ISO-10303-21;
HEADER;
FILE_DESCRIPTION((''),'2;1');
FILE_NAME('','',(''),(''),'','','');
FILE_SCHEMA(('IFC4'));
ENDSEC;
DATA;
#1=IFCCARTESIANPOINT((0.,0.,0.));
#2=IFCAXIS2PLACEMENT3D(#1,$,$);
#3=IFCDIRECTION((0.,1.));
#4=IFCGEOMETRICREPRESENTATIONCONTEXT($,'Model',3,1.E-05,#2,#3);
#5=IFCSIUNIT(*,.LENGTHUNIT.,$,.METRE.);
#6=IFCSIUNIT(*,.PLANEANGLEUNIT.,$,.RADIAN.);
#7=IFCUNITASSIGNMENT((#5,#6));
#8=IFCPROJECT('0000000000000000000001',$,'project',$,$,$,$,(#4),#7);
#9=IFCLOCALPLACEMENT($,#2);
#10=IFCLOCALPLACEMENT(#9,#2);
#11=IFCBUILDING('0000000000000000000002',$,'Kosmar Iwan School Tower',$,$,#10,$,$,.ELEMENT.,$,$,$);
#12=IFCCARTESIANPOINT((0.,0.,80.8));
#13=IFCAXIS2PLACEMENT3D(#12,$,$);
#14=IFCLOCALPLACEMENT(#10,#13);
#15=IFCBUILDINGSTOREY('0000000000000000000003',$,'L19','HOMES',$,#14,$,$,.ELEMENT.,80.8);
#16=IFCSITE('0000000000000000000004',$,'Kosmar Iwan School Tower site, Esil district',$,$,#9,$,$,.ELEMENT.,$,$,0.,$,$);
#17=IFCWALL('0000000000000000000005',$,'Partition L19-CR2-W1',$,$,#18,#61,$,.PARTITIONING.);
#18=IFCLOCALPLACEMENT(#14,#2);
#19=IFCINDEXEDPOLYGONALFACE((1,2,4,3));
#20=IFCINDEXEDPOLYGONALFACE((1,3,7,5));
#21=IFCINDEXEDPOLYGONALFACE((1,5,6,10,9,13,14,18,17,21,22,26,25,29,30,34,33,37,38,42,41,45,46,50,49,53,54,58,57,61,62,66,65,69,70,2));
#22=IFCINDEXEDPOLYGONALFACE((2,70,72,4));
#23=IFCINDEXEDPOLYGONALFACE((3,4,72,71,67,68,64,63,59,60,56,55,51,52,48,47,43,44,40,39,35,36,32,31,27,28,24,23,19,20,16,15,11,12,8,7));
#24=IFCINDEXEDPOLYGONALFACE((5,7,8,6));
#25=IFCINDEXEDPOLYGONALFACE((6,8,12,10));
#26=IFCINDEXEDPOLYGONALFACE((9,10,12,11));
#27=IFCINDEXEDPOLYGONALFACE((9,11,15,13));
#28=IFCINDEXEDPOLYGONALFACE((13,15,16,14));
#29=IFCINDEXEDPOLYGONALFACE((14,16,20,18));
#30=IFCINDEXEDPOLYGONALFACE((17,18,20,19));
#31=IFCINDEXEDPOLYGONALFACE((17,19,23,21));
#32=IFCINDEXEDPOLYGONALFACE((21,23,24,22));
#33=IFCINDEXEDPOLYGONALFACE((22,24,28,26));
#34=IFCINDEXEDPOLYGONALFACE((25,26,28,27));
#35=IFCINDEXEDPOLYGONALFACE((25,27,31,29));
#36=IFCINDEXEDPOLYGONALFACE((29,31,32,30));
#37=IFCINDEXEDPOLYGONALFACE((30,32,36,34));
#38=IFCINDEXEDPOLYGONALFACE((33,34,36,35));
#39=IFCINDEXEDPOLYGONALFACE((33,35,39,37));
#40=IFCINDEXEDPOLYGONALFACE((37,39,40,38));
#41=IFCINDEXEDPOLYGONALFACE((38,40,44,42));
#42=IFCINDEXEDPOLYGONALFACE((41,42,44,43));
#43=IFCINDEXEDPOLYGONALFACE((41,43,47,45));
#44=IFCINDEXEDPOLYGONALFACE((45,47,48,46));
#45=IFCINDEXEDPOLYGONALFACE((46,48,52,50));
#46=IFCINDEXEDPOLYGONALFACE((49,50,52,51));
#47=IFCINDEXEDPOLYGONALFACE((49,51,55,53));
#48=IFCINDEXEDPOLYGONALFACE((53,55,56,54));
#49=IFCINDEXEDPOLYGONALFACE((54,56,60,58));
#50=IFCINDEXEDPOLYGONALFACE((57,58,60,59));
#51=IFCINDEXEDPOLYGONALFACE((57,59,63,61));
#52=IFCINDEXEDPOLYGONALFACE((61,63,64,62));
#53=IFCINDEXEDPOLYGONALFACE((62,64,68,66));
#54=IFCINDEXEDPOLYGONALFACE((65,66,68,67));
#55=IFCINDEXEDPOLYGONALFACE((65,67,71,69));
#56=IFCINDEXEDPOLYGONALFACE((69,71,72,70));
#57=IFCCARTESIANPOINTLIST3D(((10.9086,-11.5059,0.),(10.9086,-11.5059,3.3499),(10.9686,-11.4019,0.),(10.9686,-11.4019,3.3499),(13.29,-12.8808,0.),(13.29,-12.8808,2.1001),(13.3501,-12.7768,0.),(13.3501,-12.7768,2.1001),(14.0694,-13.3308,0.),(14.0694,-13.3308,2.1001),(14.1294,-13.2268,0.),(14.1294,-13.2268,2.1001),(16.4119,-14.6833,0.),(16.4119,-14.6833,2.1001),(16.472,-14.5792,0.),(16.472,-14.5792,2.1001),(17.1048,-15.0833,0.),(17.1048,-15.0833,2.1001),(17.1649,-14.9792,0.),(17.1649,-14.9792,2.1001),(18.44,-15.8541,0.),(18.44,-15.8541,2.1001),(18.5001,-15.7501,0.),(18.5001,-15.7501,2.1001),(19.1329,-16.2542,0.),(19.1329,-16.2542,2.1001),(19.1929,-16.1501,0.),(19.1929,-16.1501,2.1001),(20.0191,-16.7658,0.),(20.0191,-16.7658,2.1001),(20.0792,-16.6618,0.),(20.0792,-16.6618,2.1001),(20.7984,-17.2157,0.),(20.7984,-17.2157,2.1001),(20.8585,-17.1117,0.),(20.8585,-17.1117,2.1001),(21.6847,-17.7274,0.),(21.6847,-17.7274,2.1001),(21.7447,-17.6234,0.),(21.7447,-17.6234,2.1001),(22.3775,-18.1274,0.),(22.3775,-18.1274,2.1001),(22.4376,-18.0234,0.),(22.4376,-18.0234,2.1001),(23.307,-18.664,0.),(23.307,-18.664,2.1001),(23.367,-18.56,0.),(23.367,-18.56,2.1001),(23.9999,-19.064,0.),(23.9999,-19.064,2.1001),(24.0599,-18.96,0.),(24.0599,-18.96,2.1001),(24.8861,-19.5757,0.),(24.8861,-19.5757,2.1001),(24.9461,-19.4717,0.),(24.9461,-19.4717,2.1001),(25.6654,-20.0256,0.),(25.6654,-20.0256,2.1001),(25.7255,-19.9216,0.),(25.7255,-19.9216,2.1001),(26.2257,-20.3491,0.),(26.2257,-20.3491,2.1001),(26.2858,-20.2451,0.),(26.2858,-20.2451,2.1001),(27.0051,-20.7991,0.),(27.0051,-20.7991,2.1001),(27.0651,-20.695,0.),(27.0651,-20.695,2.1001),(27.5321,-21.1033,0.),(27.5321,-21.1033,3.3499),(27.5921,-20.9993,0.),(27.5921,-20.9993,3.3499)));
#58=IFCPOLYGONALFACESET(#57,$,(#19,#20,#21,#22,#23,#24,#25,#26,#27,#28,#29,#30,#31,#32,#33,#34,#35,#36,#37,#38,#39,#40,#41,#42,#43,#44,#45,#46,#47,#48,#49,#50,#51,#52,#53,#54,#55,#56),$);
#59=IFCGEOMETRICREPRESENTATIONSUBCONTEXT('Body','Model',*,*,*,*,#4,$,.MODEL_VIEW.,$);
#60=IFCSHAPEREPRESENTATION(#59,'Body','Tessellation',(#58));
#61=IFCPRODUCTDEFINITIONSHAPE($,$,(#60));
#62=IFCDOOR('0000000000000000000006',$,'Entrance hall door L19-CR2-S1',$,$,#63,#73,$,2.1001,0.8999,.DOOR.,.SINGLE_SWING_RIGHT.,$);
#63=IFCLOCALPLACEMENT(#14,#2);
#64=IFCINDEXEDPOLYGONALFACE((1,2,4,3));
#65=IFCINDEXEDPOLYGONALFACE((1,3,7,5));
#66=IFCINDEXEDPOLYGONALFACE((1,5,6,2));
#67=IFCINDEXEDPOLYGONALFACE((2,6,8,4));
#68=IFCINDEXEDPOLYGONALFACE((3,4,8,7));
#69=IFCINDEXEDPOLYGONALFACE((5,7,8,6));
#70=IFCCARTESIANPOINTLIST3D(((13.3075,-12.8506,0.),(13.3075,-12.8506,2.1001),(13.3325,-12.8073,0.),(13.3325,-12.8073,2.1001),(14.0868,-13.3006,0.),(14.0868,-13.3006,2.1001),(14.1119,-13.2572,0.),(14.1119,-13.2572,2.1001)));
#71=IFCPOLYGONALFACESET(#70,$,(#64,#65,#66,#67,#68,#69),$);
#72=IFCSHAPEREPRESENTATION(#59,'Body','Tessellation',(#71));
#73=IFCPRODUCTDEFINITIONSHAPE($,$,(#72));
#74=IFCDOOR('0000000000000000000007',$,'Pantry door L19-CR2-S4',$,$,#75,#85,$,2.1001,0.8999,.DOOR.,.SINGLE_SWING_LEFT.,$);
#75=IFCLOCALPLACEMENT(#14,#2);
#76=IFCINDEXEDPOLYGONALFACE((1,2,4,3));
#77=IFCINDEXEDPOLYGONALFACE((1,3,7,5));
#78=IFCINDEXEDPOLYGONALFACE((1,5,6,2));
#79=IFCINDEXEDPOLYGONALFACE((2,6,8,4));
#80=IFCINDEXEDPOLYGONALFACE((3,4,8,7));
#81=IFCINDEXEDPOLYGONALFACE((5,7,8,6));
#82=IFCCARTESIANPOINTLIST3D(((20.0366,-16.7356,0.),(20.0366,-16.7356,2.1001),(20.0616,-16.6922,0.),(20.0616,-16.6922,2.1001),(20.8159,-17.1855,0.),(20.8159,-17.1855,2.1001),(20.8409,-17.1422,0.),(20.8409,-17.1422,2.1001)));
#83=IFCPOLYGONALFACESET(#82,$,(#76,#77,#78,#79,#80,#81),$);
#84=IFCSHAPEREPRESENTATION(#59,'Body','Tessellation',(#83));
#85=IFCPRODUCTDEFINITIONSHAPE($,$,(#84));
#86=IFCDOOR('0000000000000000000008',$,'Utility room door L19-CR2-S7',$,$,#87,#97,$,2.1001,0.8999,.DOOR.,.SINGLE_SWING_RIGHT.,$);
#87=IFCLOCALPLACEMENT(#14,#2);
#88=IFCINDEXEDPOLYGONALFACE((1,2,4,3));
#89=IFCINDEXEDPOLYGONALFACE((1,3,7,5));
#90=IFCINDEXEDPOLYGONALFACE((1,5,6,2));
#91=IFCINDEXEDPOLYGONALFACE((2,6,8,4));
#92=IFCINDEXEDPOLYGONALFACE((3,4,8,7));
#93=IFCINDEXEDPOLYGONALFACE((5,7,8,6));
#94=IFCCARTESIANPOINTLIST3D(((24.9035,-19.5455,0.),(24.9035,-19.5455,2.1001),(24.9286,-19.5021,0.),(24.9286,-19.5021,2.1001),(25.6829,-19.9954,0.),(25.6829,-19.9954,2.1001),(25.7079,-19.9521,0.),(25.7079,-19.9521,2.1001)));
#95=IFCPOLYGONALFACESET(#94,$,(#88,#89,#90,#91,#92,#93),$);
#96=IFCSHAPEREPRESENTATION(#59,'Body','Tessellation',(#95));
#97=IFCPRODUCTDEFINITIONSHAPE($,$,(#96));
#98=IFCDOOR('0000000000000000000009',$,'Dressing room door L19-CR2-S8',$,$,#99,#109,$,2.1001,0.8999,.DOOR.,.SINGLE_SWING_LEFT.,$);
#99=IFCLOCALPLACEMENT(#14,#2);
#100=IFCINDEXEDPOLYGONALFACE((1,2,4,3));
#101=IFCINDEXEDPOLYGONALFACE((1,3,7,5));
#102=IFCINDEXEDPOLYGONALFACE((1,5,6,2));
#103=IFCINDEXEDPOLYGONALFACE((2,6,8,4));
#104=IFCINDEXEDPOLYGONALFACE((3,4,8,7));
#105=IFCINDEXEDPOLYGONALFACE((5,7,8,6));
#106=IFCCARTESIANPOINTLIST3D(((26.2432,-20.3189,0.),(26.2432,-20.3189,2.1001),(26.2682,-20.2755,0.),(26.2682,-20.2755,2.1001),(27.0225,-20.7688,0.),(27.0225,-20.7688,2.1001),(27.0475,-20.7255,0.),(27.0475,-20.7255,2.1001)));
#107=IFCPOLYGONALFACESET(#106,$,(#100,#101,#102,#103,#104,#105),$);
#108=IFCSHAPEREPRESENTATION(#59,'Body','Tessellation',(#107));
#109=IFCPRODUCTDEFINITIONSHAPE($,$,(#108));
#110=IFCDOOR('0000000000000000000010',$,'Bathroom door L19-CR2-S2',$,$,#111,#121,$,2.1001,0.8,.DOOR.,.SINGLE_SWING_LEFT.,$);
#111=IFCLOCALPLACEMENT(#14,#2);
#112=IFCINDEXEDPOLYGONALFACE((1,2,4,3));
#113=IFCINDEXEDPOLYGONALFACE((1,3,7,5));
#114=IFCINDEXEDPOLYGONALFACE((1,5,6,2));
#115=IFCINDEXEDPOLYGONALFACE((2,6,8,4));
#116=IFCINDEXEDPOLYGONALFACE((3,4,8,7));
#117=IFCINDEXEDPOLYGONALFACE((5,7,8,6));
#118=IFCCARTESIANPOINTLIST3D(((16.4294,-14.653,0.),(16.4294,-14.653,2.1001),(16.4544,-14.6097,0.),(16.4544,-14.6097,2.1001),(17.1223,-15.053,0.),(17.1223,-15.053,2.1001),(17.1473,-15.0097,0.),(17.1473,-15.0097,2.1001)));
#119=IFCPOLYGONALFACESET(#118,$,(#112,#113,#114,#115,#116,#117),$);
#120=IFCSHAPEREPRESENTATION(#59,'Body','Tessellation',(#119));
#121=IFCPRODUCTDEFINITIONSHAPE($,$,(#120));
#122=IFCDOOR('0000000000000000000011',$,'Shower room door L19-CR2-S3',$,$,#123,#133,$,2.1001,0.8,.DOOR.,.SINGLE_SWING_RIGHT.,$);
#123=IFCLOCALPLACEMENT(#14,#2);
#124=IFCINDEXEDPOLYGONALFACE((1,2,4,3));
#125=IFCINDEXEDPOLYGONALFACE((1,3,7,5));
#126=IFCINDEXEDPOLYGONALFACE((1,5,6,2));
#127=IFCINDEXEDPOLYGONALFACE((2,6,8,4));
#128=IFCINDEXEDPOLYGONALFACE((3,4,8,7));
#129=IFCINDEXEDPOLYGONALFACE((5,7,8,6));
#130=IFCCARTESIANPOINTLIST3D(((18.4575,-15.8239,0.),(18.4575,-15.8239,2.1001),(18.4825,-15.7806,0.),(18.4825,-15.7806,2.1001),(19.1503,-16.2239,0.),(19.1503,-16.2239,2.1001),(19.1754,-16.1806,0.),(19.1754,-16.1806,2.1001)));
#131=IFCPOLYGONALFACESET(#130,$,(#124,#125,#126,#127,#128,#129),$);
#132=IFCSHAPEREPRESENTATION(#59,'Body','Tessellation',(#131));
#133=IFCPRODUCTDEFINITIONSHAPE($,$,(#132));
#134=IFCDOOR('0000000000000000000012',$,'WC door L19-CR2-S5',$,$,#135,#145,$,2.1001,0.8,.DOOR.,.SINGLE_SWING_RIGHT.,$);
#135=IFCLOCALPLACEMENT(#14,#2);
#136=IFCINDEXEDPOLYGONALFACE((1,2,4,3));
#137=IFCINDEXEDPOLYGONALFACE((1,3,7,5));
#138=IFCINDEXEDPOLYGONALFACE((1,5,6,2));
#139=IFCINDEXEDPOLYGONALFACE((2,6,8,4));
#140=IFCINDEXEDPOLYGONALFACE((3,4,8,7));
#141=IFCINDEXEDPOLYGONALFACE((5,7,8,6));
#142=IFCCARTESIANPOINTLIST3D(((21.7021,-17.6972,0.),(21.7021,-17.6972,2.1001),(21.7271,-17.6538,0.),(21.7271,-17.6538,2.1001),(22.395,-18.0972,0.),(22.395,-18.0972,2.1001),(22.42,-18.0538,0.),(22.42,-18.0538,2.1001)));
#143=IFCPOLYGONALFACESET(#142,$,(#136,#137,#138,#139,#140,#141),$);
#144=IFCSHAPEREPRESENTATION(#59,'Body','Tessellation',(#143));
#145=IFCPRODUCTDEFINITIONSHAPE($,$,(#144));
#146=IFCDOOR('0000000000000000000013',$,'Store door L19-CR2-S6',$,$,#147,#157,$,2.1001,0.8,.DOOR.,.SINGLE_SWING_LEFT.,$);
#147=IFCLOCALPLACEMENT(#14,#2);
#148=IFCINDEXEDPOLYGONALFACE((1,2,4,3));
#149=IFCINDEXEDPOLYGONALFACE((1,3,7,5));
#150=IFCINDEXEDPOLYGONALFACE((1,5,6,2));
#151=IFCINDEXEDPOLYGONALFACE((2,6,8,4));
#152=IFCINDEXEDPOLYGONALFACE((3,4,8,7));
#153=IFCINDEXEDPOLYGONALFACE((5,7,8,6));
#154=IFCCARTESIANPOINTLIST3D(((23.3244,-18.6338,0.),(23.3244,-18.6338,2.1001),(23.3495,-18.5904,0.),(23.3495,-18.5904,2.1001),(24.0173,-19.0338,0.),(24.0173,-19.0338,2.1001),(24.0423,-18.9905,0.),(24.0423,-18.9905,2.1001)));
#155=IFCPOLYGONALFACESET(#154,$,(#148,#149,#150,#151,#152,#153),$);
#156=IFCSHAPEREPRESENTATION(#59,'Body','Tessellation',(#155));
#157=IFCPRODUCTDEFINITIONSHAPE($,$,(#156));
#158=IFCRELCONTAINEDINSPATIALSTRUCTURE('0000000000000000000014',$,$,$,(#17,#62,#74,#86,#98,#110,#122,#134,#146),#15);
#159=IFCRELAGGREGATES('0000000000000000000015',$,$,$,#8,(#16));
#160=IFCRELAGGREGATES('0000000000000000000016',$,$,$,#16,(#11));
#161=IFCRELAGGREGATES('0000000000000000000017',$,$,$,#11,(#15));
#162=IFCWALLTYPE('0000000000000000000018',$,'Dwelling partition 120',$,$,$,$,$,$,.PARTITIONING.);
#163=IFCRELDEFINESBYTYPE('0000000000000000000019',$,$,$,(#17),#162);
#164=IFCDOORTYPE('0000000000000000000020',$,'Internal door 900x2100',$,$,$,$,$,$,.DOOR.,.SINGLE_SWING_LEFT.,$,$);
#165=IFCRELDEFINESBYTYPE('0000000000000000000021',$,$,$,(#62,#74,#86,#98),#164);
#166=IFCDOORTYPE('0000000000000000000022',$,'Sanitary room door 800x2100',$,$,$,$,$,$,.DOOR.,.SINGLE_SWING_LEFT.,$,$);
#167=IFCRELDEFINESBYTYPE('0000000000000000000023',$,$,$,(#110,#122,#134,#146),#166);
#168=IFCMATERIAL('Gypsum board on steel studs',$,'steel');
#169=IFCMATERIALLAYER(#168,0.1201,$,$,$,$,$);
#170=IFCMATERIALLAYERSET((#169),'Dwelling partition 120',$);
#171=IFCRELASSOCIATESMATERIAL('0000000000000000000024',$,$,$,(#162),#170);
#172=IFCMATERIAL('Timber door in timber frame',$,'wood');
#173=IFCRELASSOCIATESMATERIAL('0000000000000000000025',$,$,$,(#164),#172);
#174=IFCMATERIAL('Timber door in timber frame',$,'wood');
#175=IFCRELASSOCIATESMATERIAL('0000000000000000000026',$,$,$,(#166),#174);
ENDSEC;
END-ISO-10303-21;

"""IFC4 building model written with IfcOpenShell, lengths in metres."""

from ifc_helpers import new_model, si_unit, direction, frame, frame_2d, origin, place, context, subcontext, project, spatial, rectangle, extrude, material, layer, layer_set, type_object, element, fill, save


model = new_model("IFC4")

# Units and contexts
model_context = context("Model", 3, precision=1e-05, world=origin(), true_north=direction((0.0, 1.0)))
body_context = subcontext(model_context, "Body", "Model", "MODEL_VIEW")
ifc_project = project(units=[si_unit("LENGTHUNIT", "METRE"), si_unit("PLANEANGLEUNIT", "RADIAN")], contexts=[model_context])

# Site, building, storey
site_placement = place(None, origin())
site = spatial("IfcSite", under=ifc_project, at=site_placement, Name="Kosmar Iwan School Tower site, Esil district", CompositionType="ELEMENT", RefElevation=0.0)
building_placement = place(site_placement, origin())
building = spatial("IfcBuilding", under=site, at=building_placement, Name="Kosmar Iwan School Tower", CompositionType="ELEMENT")
storey_placement = place(building_placement, frame((0.0, 0.0, 80.8)))
storey = spatial("IfcBuildingStorey", under=building, at=storey_placement, Name="L19", Description="HOMES", CompositionType="ELEMENT", Elevation=80.8)

# Wall, openings, doors
ifc_material_1 = material(Name="Gypsum board on steel studs", Category="steel")
ifc_layer = layer(ifc_material_1, 0.1201)
ifc_layer_set = layer_set([ifc_layer], Name="Dwelling partition 120")
wall_type = type_object("IfcWallType", Name="Dwelling partition 120", PredefinedType="PARTITIONING", material=ifc_layer_set)
wall_1_placement = place(storey_placement, frame((10.9385, -11.4539, 0.0), z_axis=(0.0, 0.0, 1.0), x_axis=(0.86603, -0.499993, 0.0)))
wall_1 = element("IfcWall", 1, at=wall_1_placement, inside=storey, type_object=wall_type, Name="Partition L19-CR2-W1", PredefinedType="PARTITIONING", context=body_context, shape_type="SweptSolid", body=[
    extrude(rectangle(XDim=19.1951, YDim=0.1201, at=frame_2d((9.5977, 0.0))), origin(), (0.0, 0.0, 1.0), 3.3499),
])
opening_1_placement = place(wall_1_placement, frame((2.75, 0.0, 0.0)))
opening_1 = element("IfcOpeningElement", 2, at=opening_1_placement, cuts=wall_1, PredefinedType="OPENING", context=body_context, shape_type="SweptSolid", body=[
    extrude(rectangle(XDim=0.8999, YDim=2.1001, at=frame_2d((0.45, 1.05))), frame((0.0, 0.072, 0.0), z_axis=(0.0, -1.0, 0.0), x_axis=(1.0, 0.0, 0.0)), (0.0, 0.0, 1.0), 0.144),
])
opening_2_placement = place(wall_1_placement, frame((6.355, 0.0, 0.0)))
opening_2 = element("IfcOpeningElement", 3, at=opening_2_placement, cuts=wall_1, PredefinedType="OPENING", context=body_context, shape_type="SweptSolid", body=[
    extrude(rectangle(XDim=0.8, YDim=2.1001, at=frame_2d((0.3999, 1.05))), frame((0.0, 0.072, 0.0), z_axis=(0.0, -1.0, 0.0), x_axis=(1.0, 0.0, 0.0)), (0.0, 0.0, 1.0), 0.144),
])
opening_3_placement = place(wall_1_placement, frame((8.6968, 0.0, 0.0)))
opening_3 = element("IfcOpeningElement", 4, at=opening_3_placement, cuts=wall_1, PredefinedType="OPENING", context=body_context, shape_type="SweptSolid", body=[
    extrude(rectangle(XDim=0.8, YDim=2.1001, at=frame_2d((0.3999, 1.05))), frame((0.0, 0.072, 0.0), z_axis=(0.0, -1.0, 0.0), x_axis=(1.0, 0.0, 0.0)), (0.0, 0.0, 1.0), 0.144),
])
opening_4_placement = place(wall_1_placement, frame((10.52, 0.0, 0.0)))
opening_4 = element("IfcOpeningElement", 5, at=opening_4_placement, cuts=wall_1, PredefinedType="OPENING", context=body_context, shape_type="SweptSolid", body=[
    extrude(rectangle(XDim=0.8999, YDim=2.1001, at=frame_2d((0.45, 1.05))), frame((0.0, 0.072, 0.0), z_axis=(0.0, -1.0, 0.0), x_axis=(1.0, 0.0, 0.0)), (0.0, 0.0, 1.0), 0.144),
])
opening_5_placement = place(wall_1_placement, frame((12.4434, 0.0, 0.0)))
opening_5 = element("IfcOpeningElement", 6, at=opening_5_placement, cuts=wall_1, PredefinedType="OPENING", context=body_context, shape_type="SweptSolid", body=[
    extrude(rectangle(XDim=0.8, YDim=2.1001, at=frame_2d((0.3999, 1.05))), frame((0.0, 0.072, 0.0), z_axis=(0.0, -1.0, 0.0), x_axis=(1.0, 0.0, 0.0)), (0.0, 0.0, 1.0), 0.144),
])
opening_6_placement = place(wall_1_placement, frame((14.3167, 0.0, 0.0)))
opening_6 = element("IfcOpeningElement", 7, at=opening_6_placement, cuts=wall_1, PredefinedType="OPENING", context=body_context, shape_type="SweptSolid", body=[
    extrude(rectangle(XDim=0.8, YDim=2.1001, at=frame_2d((0.3999, 1.05))), frame((0.0, 0.072, 0.0), z_axis=(0.0, -1.0, 0.0), x_axis=(1.0, 0.0, 0.0)), (0.0, 0.0, 1.0), 0.144),
])
opening_7_placement = place(wall_1_placement, frame((16.1399, 0.0, 0.0)))
opening_7 = element("IfcOpeningElement", 8, at=opening_7_placement, cuts=wall_1, PredefinedType="OPENING", context=body_context, shape_type="SweptSolid", body=[
    extrude(rectangle(XDim=0.8999, YDim=2.1001, at=frame_2d((0.45, 1.05))), frame((0.0, 0.072, 0.0), z_axis=(0.0, -1.0, 0.0), x_axis=(1.0, 0.0, 0.0)), (0.0, 0.0, 1.0), 0.144),
])
opening_8_placement = place(wall_1_placement, frame((17.6868, 0.0, 0.0)))
opening_8 = element("IfcOpeningElement", 9, at=opening_8_placement, cuts=wall_1, PredefinedType="OPENING", context=body_context, shape_type="SweptSolid", body=[
    extrude(rectangle(XDim=0.8999, YDim=2.1001, at=frame_2d((0.45, 1.05))), frame((0.0, 0.072, 0.0), z_axis=(0.0, -1.0, 0.0), x_axis=(1.0, 0.0, 0.0)), (0.0, 0.0, 1.0), 0.144),
])
ifc_material_2 = material(Name="Timber door in timber frame", Category="wood")
door_type_1 = type_object("IfcDoorType", Name="Internal door 900x2100", OperationType="SINGLE_SWING_LEFT", PredefinedType="DOOR", material=ifc_material_2)
door_1_placement = place(opening_1_placement, origin())
door_1 = element("IfcDoor", 10, at=door_1_placement, inside=storey, type_object=door_type_1, Name="Entrance hall door L19-CR2-S1", OperationType="SINGLE_SWING_RIGHT", OverallHeight=2.1001, OverallWidth=0.8999, PredefinedType="DOOR", context=body_context, shape_type="SweptSolid", body=[
    extrude(rectangle(XDim=0.8999, YDim=2.1001, at=frame_2d((0.45, 1.05))), frame((0.0, 0.0249, 0.0), z_axis=(0.0, -1.0, 0.0), x_axis=(1.0, 0.0, 0.0)), (0.0, 0.0, 1.0), 0.05),
])
fill(opening_1, door_1)
door_2_placement = place(opening_4_placement, origin())
door_2 = element("IfcDoor", 11, at=door_2_placement, inside=storey, type_object=door_type_1, Name="Pantry door L19-CR2-S4", OperationType="SINGLE_SWING_LEFT", OverallHeight=2.1001, OverallWidth=0.8999, PredefinedType="DOOR", context=body_context, shape_type="SweptSolid", body=[
    extrude(rectangle(XDim=0.8999, YDim=2.1001, at=frame_2d((0.45, 1.05))), frame((0.0, 0.0249, 0.0), z_axis=(0.0, -1.0, 0.0), x_axis=(1.0, 0.0, 0.0)), (0.0, 0.0, 1.0), 0.05),
])
fill(opening_4, door_2)
door_3_placement = place(opening_7_placement, origin())
door_3 = element("IfcDoor", 12, at=door_3_placement, inside=storey, type_object=door_type_1, Name="Utility room door L19-CR2-S7", OperationType="SINGLE_SWING_RIGHT", OverallHeight=2.1001, OverallWidth=0.8999, PredefinedType="DOOR", context=body_context, shape_type="SweptSolid", body=[
    extrude(rectangle(XDim=0.8999, YDim=2.1001, at=frame_2d((0.45, 1.05))), frame((0.0, 0.0249, 0.0), z_axis=(0.0, -1.0, 0.0), x_axis=(1.0, 0.0, 0.0)), (0.0, 0.0, 1.0), 0.05),
])
fill(opening_7, door_3)
door_4_placement = place(opening_8_placement, origin())
door_4 = element("IfcDoor", 13, at=door_4_placement, inside=storey, type_object=door_type_1, Name="Dressing room door L19-CR2-S8", OperationType="SINGLE_SWING_LEFT", OverallHeight=2.1001, OverallWidth=0.8999, PredefinedType="DOOR", context=body_context, shape_type="SweptSolid", body=[
    extrude(rectangle(XDim=0.8999, YDim=2.1001, at=frame_2d((0.45, 1.05))), frame((0.0, 0.0249, 0.0), z_axis=(0.0, -1.0, 0.0), x_axis=(1.0, 0.0, 0.0)), (0.0, 0.0, 1.0), 0.05),
])
fill(opening_8, door_4)
ifc_material_3 = material(Name="Timber door in timber frame", Category="wood")
door_type_2 = type_object("IfcDoorType", Name="Sanitary room door 800x2100", OperationType="SINGLE_SWING_LEFT", PredefinedType="DOOR", material=ifc_material_3)
door_5_placement = place(opening_2_placement, origin())
door_5 = element("IfcDoor", 14, at=door_5_placement, inside=storey, type_object=door_type_2, Name="Bathroom door L19-CR2-S2", OperationType="SINGLE_SWING_LEFT", OverallHeight=2.1001, OverallWidth=0.8, PredefinedType="DOOR", context=body_context, shape_type="SweptSolid", body=[
    extrude(rectangle(XDim=0.8, YDim=2.1001, at=frame_2d((0.3999, 1.05))), frame((0.0, 0.0249, 0.0), z_axis=(0.0, -1.0, 0.0), x_axis=(1.0, 0.0, 0.0)), (0.0, 0.0, 1.0), 0.05),
])
fill(opening_2, door_5)
door_6_placement = place(opening_3_placement, origin())
door_6 = element("IfcDoor", 15, at=door_6_placement, inside=storey, type_object=door_type_2, Name="Shower room door L19-CR2-S3", OperationType="SINGLE_SWING_RIGHT", OverallHeight=2.1001, OverallWidth=0.8, PredefinedType="DOOR", context=body_context, shape_type="SweptSolid", body=[
    extrude(rectangle(XDim=0.8, YDim=2.1001, at=frame_2d((0.3999, 1.05))), frame((0.0, 0.0249, 0.0), z_axis=(0.0, -1.0, 0.0), x_axis=(1.0, 0.0, 0.0)), (0.0, 0.0, 1.0), 0.05),
])
fill(opening_3, door_6)
door_7_placement = place(opening_5_placement, origin())
door_7 = element("IfcDoor", 16, at=door_7_placement, inside=storey, type_object=door_type_2, Name="WC door L19-CR2-S5", OperationType="SINGLE_SWING_RIGHT", OverallHeight=2.1001, OverallWidth=0.8, PredefinedType="DOOR", context=body_context, shape_type="SweptSolid", body=[
    extrude(rectangle(XDim=0.8, YDim=2.1001, at=frame_2d((0.3999, 1.05))), frame((0.0, 0.0249, 0.0), z_axis=(0.0, -1.0, 0.0), x_axis=(1.0, 0.0, 0.0)), (0.0, 0.0, 1.0), 0.05),
])
fill(opening_5, door_7)
door_8_placement = place(opening_6_placement, origin())
door_8 = element("IfcDoor", 17, at=door_8_placement, inside=storey, type_object=door_type_2, Name="Store door L19-CR2-S6", OperationType="SINGLE_SWING_LEFT", OverallHeight=2.1001, OverallWidth=0.8, PredefinedType="DOOR", context=body_context, shape_type="SweptSolid", body=[
    extrude(rectangle(XDim=0.8, YDim=2.1001, at=frame_2d((0.3999, 1.05))), frame((0.0, 0.0249, 0.0), z_axis=(0.0, -1.0, 0.0), x_axis=(1.0, 0.0, 0.0)), (0.0, 0.0, 1.0), 0.05),
])
fill(opening_6, door_8)

save(model, "model.ifc")
